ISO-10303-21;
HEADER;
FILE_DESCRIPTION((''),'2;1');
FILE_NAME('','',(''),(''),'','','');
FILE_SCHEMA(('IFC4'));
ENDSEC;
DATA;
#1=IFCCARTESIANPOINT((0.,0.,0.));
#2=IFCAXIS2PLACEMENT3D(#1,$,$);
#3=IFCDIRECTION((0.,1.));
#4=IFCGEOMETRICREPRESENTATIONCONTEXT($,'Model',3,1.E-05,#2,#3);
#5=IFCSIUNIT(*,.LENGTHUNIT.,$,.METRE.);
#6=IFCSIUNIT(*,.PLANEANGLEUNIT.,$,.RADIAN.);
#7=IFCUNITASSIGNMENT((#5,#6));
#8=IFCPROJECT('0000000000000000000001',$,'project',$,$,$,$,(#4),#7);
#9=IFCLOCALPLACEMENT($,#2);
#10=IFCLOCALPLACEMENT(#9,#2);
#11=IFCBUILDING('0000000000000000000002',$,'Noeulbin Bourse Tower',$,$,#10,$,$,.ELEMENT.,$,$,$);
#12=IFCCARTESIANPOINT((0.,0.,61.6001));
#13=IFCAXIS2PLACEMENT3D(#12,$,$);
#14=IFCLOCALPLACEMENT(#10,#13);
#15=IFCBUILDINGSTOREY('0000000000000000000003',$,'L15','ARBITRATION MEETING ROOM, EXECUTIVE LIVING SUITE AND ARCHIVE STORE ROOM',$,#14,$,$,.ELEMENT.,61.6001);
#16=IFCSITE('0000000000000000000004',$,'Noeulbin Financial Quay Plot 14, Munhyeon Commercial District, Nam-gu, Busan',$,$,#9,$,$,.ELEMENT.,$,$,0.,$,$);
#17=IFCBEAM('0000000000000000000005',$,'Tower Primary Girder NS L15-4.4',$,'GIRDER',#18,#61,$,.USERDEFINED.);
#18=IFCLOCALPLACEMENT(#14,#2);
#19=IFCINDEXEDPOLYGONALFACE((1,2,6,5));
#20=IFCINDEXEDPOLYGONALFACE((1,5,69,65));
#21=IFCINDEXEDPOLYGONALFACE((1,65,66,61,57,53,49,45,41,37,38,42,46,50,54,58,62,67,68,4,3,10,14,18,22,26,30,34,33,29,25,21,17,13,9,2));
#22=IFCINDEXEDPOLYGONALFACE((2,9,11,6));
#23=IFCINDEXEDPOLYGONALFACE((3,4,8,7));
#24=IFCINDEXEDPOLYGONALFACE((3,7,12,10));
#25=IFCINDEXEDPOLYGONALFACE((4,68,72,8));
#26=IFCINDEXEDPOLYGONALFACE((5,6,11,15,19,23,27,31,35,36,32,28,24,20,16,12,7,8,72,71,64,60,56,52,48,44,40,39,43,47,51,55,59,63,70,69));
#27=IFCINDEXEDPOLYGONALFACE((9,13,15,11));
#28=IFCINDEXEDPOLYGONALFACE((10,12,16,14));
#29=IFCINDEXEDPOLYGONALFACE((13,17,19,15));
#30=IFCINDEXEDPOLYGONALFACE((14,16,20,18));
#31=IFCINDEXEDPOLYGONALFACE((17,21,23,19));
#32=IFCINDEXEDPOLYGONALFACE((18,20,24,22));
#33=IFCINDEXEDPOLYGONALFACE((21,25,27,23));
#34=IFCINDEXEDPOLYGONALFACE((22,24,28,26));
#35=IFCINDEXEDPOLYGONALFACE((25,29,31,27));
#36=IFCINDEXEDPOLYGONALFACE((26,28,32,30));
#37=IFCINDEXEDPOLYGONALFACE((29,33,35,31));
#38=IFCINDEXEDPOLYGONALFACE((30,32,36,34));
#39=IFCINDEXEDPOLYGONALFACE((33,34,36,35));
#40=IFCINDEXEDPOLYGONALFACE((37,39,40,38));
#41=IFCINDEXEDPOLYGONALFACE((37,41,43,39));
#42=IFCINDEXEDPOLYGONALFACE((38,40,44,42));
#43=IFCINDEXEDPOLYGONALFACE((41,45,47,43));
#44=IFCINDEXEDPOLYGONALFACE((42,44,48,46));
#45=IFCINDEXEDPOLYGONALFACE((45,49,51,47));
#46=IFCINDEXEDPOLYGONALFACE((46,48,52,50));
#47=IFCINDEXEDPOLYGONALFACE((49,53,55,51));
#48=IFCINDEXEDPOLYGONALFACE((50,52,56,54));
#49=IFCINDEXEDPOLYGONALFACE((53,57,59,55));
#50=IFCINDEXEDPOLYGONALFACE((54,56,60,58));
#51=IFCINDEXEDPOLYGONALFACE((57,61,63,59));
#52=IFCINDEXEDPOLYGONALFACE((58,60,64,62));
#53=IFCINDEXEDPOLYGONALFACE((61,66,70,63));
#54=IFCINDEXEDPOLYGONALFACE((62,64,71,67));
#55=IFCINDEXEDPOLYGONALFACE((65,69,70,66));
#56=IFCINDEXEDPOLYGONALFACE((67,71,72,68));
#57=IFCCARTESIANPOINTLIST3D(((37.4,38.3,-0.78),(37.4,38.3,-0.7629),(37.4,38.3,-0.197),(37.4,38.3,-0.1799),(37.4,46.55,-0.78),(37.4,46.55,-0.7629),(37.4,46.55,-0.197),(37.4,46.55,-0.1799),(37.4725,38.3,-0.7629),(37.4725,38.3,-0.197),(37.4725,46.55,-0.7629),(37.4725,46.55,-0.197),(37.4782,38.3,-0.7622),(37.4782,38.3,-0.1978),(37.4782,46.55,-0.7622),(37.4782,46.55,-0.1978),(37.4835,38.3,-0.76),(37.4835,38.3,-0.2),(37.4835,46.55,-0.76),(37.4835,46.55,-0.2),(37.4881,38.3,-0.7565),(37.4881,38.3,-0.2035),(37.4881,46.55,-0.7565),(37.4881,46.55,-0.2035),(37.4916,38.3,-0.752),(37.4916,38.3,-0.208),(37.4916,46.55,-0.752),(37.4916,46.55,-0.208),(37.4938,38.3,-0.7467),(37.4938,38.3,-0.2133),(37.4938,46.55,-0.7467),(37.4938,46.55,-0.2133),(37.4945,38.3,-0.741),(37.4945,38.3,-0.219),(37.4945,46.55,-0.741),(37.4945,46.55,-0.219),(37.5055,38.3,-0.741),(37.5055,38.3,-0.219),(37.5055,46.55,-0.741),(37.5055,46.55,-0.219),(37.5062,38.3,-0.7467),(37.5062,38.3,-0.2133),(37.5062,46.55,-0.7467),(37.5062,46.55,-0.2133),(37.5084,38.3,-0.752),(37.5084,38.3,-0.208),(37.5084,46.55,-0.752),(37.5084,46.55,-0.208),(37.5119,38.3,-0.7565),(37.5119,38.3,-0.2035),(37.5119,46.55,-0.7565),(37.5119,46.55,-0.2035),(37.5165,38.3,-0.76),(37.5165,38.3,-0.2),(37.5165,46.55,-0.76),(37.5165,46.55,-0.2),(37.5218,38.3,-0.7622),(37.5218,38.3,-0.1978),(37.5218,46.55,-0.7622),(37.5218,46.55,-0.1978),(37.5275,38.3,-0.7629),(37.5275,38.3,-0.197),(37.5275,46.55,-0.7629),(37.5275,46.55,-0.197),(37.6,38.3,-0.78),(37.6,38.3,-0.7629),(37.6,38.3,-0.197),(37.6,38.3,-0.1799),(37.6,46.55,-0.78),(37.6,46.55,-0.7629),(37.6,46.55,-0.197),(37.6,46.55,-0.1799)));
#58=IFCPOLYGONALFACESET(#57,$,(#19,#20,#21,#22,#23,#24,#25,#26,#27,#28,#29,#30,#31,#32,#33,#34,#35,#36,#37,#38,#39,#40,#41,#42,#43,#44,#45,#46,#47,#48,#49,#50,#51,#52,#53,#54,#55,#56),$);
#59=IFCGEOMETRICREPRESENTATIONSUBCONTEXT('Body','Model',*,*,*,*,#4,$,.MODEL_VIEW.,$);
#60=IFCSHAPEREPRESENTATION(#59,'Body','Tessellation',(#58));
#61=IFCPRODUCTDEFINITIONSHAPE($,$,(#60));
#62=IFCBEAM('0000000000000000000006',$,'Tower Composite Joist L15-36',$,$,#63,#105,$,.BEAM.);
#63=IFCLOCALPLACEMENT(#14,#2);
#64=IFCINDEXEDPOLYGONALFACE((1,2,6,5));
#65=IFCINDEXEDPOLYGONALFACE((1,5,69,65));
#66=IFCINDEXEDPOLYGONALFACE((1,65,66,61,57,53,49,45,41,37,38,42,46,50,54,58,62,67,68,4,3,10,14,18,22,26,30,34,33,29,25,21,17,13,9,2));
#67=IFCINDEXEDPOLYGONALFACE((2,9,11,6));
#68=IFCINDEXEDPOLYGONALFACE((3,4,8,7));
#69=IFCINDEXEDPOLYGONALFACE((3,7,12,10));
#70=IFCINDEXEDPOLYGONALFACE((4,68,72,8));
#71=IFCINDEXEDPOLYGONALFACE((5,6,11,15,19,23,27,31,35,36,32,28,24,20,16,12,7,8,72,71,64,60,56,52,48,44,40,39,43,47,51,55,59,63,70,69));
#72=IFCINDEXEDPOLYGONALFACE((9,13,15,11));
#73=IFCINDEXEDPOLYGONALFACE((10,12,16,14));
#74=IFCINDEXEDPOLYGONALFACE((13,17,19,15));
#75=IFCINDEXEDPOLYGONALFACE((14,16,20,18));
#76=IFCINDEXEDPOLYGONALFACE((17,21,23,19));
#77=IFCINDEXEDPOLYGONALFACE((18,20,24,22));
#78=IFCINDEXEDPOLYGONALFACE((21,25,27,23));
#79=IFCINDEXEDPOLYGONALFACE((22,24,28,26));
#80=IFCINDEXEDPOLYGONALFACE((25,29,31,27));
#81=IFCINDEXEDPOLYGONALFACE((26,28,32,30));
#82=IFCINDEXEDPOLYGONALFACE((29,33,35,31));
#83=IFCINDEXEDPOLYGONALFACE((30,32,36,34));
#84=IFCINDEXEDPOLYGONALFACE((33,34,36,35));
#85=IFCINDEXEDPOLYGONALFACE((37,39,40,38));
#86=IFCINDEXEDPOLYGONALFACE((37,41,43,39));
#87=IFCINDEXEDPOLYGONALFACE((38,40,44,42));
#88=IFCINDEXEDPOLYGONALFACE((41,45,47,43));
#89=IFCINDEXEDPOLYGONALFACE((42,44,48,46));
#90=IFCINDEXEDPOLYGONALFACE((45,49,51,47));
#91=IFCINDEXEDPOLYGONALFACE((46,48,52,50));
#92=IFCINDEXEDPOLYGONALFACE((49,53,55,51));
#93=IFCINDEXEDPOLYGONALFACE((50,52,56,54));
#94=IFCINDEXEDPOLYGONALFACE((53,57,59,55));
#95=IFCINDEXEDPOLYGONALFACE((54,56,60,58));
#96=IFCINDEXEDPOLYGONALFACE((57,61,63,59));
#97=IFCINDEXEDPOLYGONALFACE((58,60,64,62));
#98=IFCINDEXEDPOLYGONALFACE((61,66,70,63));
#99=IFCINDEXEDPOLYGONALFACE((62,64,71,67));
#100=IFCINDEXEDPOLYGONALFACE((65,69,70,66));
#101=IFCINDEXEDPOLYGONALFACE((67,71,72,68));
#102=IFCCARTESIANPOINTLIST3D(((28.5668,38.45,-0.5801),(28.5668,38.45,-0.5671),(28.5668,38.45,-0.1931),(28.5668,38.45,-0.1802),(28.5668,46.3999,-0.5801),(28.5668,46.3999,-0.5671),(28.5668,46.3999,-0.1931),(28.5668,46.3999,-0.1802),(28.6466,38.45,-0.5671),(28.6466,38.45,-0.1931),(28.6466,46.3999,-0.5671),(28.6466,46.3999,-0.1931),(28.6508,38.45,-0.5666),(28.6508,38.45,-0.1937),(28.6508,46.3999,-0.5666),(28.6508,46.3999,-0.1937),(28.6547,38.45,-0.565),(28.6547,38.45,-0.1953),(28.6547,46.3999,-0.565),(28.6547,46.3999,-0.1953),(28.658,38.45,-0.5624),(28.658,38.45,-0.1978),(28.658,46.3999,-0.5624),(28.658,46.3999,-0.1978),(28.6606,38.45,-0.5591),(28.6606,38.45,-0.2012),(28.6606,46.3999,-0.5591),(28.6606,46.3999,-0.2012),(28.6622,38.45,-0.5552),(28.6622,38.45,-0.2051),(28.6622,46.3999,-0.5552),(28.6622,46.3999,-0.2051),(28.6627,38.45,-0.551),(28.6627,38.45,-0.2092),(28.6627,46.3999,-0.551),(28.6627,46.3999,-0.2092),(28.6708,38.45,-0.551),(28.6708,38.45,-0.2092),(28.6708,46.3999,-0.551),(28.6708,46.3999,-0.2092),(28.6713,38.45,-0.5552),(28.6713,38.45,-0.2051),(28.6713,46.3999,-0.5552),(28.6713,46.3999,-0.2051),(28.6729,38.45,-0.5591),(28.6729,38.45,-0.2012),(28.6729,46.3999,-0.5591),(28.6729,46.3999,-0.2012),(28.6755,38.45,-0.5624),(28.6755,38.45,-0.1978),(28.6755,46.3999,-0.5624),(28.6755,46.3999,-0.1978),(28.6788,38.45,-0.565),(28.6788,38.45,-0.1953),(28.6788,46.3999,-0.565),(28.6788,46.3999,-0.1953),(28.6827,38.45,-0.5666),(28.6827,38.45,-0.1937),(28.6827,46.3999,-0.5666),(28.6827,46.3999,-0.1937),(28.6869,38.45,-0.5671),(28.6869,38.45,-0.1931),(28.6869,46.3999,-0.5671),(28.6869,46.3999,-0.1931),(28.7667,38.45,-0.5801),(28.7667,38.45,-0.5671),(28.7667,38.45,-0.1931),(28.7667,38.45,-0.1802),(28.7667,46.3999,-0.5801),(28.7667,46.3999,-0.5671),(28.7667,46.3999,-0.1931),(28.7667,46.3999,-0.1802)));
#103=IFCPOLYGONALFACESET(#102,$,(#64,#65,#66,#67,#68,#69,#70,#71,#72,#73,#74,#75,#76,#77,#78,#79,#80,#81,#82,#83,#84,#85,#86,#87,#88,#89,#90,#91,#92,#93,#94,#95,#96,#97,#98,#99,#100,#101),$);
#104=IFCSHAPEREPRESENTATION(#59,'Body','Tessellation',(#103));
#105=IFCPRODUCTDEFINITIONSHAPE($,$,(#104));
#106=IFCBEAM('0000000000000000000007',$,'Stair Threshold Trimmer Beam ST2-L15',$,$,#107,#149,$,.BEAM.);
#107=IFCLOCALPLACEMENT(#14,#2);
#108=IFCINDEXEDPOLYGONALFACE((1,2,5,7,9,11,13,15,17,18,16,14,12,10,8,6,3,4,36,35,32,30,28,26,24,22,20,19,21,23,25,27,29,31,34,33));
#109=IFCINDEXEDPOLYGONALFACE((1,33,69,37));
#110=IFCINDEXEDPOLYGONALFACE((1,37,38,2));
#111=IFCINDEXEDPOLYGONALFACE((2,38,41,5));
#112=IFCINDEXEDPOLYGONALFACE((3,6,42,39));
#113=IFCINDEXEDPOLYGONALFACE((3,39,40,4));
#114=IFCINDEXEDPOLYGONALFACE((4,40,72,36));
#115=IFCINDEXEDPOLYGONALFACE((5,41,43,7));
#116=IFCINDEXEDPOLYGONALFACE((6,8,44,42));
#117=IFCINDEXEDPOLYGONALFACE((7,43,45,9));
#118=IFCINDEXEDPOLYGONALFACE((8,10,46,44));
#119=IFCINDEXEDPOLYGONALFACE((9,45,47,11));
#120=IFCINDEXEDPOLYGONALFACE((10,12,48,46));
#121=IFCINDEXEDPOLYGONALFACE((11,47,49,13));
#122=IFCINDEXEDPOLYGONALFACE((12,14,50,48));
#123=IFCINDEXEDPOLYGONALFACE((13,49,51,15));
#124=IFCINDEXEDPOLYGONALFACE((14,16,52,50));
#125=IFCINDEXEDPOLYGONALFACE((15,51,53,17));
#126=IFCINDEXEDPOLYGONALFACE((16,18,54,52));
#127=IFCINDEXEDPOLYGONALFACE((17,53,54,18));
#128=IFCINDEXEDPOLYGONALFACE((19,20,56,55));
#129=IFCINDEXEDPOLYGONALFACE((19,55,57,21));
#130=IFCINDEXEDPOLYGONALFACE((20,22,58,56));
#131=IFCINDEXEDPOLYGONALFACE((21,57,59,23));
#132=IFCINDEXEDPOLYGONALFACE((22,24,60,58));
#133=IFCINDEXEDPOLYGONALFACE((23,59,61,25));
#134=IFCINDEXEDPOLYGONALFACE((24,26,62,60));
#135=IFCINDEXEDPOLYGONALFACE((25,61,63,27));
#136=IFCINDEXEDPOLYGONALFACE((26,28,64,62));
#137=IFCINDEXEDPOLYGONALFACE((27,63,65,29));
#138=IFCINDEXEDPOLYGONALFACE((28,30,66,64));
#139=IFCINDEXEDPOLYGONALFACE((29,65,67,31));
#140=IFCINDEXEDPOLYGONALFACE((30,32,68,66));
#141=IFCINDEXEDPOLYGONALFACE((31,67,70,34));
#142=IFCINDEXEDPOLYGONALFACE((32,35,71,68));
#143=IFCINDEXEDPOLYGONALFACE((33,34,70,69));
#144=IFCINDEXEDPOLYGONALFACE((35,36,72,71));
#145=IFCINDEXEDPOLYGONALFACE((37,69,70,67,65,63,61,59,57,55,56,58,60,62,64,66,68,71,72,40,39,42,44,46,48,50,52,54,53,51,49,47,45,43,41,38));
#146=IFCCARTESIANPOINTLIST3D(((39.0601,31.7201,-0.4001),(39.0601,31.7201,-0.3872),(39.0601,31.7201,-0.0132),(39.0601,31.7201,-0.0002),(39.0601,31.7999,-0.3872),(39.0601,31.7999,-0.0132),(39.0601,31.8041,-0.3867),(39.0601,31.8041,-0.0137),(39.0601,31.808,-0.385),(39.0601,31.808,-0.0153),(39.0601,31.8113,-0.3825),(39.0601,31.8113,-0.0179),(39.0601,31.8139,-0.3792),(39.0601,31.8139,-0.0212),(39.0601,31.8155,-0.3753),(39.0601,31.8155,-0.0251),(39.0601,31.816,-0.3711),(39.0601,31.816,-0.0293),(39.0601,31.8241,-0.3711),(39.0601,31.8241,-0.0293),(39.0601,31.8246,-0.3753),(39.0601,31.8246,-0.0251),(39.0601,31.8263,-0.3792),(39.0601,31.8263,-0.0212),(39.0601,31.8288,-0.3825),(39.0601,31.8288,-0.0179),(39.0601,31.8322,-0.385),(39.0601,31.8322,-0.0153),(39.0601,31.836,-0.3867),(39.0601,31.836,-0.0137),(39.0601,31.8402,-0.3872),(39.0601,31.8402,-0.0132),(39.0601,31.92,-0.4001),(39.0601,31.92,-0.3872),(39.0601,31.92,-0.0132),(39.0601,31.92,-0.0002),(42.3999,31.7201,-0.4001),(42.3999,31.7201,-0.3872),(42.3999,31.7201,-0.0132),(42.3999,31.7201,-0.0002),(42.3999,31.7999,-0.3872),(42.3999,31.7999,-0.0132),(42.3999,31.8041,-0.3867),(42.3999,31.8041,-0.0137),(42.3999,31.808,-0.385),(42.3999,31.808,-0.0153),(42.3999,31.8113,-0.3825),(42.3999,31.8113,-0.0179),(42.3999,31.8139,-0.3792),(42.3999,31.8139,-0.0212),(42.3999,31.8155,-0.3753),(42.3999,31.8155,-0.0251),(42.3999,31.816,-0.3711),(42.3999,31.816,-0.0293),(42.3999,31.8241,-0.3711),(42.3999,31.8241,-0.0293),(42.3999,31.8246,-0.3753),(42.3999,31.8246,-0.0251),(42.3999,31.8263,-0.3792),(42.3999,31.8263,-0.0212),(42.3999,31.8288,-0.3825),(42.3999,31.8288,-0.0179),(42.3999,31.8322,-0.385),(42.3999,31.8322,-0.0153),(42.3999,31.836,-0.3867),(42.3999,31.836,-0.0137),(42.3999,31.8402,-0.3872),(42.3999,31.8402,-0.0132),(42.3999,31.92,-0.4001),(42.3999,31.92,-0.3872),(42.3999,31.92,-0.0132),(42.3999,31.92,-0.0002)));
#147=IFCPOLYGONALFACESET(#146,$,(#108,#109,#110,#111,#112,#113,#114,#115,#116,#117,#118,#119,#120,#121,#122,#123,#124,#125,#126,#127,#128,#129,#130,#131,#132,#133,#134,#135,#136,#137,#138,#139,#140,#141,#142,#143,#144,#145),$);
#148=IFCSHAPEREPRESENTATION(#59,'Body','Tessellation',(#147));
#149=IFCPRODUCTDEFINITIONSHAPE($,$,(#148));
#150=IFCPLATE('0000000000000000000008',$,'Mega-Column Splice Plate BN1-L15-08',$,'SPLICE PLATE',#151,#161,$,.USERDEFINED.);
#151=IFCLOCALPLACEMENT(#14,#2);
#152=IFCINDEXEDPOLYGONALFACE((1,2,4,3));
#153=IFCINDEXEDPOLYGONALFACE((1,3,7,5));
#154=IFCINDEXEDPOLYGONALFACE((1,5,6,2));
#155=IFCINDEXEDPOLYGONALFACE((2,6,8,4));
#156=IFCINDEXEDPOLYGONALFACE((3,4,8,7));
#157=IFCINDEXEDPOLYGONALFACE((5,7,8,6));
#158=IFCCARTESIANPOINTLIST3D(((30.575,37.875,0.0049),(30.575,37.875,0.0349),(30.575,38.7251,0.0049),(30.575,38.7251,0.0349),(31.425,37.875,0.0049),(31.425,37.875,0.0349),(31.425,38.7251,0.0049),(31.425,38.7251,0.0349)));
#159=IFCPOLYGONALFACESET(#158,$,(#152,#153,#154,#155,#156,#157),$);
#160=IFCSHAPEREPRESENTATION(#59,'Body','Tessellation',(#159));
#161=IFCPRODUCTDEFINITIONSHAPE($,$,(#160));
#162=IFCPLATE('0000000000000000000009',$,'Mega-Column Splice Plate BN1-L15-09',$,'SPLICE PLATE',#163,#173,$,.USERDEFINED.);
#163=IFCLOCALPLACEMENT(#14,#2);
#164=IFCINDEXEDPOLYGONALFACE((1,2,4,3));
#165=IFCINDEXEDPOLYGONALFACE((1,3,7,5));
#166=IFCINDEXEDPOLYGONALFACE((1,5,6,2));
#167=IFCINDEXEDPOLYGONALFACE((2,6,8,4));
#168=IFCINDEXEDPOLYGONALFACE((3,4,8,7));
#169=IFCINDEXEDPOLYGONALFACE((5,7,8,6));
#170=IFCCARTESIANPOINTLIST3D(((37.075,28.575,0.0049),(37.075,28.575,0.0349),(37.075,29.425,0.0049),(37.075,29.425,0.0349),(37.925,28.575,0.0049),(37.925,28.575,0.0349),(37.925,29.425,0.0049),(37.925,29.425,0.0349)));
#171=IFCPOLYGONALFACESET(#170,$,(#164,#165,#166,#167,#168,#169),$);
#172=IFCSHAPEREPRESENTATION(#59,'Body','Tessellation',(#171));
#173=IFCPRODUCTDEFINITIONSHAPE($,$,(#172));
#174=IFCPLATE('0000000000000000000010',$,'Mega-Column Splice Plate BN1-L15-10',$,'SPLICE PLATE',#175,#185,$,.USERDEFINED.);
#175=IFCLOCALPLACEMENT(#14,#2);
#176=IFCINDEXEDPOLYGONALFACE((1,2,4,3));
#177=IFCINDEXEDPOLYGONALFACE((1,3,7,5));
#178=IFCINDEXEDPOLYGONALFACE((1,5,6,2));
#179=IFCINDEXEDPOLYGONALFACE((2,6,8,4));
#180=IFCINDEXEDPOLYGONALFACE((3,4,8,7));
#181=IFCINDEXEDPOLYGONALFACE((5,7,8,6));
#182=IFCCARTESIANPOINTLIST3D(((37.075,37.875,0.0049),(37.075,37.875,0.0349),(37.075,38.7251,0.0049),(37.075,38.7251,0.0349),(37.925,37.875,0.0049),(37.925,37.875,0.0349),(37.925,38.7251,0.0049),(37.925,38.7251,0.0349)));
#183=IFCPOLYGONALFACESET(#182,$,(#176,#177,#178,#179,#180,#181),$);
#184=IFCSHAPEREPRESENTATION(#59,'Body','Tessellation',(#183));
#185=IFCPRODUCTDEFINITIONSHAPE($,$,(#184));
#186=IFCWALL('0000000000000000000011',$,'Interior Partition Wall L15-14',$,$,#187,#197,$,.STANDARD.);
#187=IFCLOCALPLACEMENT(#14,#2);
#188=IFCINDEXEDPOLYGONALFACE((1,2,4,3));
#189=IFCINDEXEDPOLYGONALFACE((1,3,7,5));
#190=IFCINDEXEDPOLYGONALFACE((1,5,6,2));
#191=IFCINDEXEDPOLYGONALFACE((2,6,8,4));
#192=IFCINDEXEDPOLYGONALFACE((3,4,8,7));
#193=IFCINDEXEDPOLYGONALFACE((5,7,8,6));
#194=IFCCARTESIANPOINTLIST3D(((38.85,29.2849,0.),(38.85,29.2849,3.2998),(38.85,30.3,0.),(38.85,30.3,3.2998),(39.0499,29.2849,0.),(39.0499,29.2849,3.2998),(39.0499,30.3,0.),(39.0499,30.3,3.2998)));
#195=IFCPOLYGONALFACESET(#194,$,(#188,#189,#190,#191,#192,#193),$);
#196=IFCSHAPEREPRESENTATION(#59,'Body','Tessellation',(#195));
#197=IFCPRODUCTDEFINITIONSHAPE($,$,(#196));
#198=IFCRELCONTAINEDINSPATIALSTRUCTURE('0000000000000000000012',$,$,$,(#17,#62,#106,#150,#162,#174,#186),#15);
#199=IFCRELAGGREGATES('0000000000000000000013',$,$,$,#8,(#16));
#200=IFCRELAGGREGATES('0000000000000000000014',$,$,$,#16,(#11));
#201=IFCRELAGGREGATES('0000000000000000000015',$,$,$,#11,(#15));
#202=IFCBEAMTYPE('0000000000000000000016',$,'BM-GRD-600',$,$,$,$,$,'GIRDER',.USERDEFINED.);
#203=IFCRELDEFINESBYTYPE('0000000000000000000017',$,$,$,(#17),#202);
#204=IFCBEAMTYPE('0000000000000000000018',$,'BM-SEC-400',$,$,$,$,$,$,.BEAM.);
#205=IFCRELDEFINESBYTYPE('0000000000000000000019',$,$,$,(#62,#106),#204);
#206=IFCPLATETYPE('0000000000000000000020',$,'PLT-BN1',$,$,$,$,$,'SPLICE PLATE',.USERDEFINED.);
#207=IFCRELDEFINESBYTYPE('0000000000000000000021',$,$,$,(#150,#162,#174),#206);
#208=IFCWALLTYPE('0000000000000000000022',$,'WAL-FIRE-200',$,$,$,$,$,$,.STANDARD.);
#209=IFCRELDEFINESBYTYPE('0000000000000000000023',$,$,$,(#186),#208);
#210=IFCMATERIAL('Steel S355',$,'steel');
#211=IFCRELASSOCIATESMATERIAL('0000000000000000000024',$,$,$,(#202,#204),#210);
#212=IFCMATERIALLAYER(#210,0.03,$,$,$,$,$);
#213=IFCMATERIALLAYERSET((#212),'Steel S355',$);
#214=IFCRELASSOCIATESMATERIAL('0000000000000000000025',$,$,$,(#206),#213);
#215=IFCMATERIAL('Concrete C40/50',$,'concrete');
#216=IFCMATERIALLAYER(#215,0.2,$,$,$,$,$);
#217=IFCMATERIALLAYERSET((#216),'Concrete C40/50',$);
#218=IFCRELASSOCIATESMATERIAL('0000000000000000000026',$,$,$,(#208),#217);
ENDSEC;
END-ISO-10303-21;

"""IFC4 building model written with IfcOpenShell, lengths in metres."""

from ifc_helpers import new_model, si_unit, direction, frame, frame_2d, origin, origin_2d, place, context, subcontext, project, spatial, rectangle, i_section, extrude, material, layer, layer_set, material_profile, profile_set, type_object, element, save


model = new_model("IFC4")

# Units and contexts
model_context = context("Model", 3, precision=1e-05, world=origin(), true_north=direction((0.0, 1.0)))
body_context = subcontext(model_context, "Body", "Model", "MODEL_VIEW")
ifc_project = project(units=[si_unit("LENGTHUNIT", "METRE"), si_unit("PLANEANGLEUNIT", "RADIAN")], contexts=[model_context])

# Site, building, storey
site_placement = place(None, origin())
site = spatial("IfcSite", under=ifc_project, at=site_placement, Name="Noeulbin Financial Quay Plot 14, Munhyeon Commercial District, Nam-gu, Busan", CompositionType="ELEMENT", RefElevation=0.0)
building_placement = place(site_placement, origin())
building = spatial("IfcBuilding", under=site, at=building_placement, Name="Noeulbin Bourse Tower", CompositionType="ELEMENT")
storey_placement = place(building_placement, frame((0.0, 0.0, 61.6001)))
storey = spatial("IfcBuildingStorey", under=building, at=storey_placement, Name="L15", Description="ARBITRATION MEETING ROOM, EXECUTIVE LIVING SUITE AND ARCHIVE STORE ROOM", CompositionType="ELEMENT", Elevation=61.6001)

# Beams
ifc_material_1 = material(Name="Steel S355", Category="steel")
ifc_material_profile_1 = material_profile(ifc_material_1, i_section(OverallWidth=0.2, OverallDepth=0.6001, WebThickness=0.011, FlangeThickness=0.0171, FilletRadius=0.022, at=origin_2d()), Name="H-600x200x11x17", Category="LoadBearing")
ifc_profile_set_1 = profile_set([ifc_material_profile_1], Name="Steel S355")
beam_type_1 = type_object("IfcBeamType", Name="BM-GRD-600", ElementType="GIRDER", PredefinedType="USERDEFINED", material=ifc_profile_set_1)
for number, where, z_axis, x_axis, name in (
    (1, (37.5, 38.3, -0.48), (0.0, 1.0, 0.0), (-1.0, 0.0, 0.0), "Tower Primary Girder NS L15-4.4"),
):
    element("IfcBeam", number, at=place(storey_placement, frame(where, z_axis=z_axis, x_axis=x_axis)), inside=storey, type_object=beam_type_1, Name=name, ObjectType="GIRDER", PredefinedType="USERDEFINED", context=body_context, shape_type="SweptSolid", body=[
        extrude(i_section(OverallWidth=0.2, OverallDepth=0.6001, WebThickness=0.011, FlangeThickness=0.0171, FilletRadius=0.022, at=origin_2d()), origin(), (0.0, 0.0, 1.0), 8.25),
    ])
ifc_material_profile_2 = material_profile(ifc_material_1, i_section(OverallWidth=0.2, OverallDepth=0.3999, WebThickness=0.0081, FlangeThickness=0.0129, FilletRadius=0.0161, at=origin_2d()), Name="H-400x200x8x13", Category="LoadBearing")
ifc_profile_set_2 = profile_set([ifc_material_profile_2], Name="Steel S355")
beam_type_2 = type_object("IfcBeamType", Name="BM-SEC-400", PredefinedType="BEAM", material=ifc_profile_set_2)
beam_1_placement = place(storey_placement, frame((28.6667, 38.45, -0.3801), z_axis=(0.0, 1.0, 0.0), x_axis=(-1.0, 0.0, 0.0)))
element("IfcBeam", 2, at=beam_1_placement, inside=storey, type_object=beam_type_2, Name="Tower Composite Joist L15-36", PredefinedType="BEAM", context=body_context, shape_type="SweptSolid", body=[
    extrude(i_section(OverallWidth=0.2, OverallDepth=0.3999, WebThickness=0.0081, FlangeThickness=0.0129, FilletRadius=0.0161, at=origin_2d()), origin(), (0.0, 0.0, 1.0), 7.95),
])
beam_2_placement = place(storey_placement, frame((39.0601, 31.8201, -0.2002), z_axis=(1.0, 0.0, 0.0), x_axis=(0.0, 1.0, 0.0)))
element("IfcBeam", 3, at=beam_2_placement, inside=storey, type_object=beam_type_2, Name="Stair Threshold Trimmer Beam ST2-L15", PredefinedType="BEAM", context=body_context, shape_type="SweptSolid", body=[
    extrude(i_section(OverallWidth=0.2, OverallDepth=0.3999, WebThickness=0.0081, FlangeThickness=0.0129, FilletRadius=0.0161, at=origin_2d()), origin(), (0.0, 0.0, 1.0), 3.3398),
])

# Plates
ifc_layer_1 = layer(ifc_material_1, 0.03)
ifc_layer_set_1 = layer_set([ifc_layer_1], Name="Steel S355")
plate_type = type_object("IfcPlateType", Name="PLT-BN1", ElementType="SPLICE PLATE", PredefinedType="USERDEFINED", material=ifc_layer_set_1)
for number, where, z_axis, x_axis, name in (
    (4, (31.0, 38.3, 0.0049), (0.0, 0.0, 1.0), (1.0, 0.0, 0.0), "Mega-Column Splice Plate BN1-L15-08"),
    (5, (37.5, 29.0, 0.0049), (0.0, 0.0, 1.0), (1.0, 0.0, 0.0), "Mega-Column Splice Plate BN1-L15-09"),
    (6, (37.5, 38.3, 0.0049), (0.0, 0.0, 1.0), (1.0, 0.0, 0.0), "Mega-Column Splice Plate BN1-L15-10"),
):
    element("IfcPlate", number, at=place(storey_placement, frame(where, z_axis=z_axis, x_axis=x_axis)), inside=storey, type_object=plate_type, Name=name, ObjectType="SPLICE PLATE", PredefinedType="USERDEFINED", context=body_context, shape_type="SweptSolid", body=[
        extrude(rectangle(XDim=0.8501, YDim=0.8501, at=origin_2d()), origin(), (0.0, 0.0, 1.0), 0.03),
    ])

# Wall
ifc_material_2 = material(Name="Concrete C40/50", Category="concrete")
ifc_layer_2 = layer(ifc_material_2, 0.2)
ifc_layer_set_2 = layer_set([ifc_layer_2], Name="Concrete C40/50")
wall_type_1 = type_object("IfcWallType", Name="WAL-FIRE-200", PredefinedType="STANDARD", material=ifc_layer_set_2)
wall_1_placement = place(storey_placement, frame((38.95, 29.2849, 0.0), z_axis=(0.0, 0.0, 1.0), x_axis=(0.0, 1.0, 0.0)))
element("IfcWall", 7, at=wall_1_placement, inside=storey, type_object=wall_type_1, Name="Interior Partition Wall L15-14", PredefinedType="STANDARD", context=body_context, shape_type="SweptSolid", body=[
    extrude(rectangle(XDim=1.0151, YDim=0.2, at=frame_2d((0.5076, 0.0))), origin(), (0.0, 0.0, 1.0), 3.2998),
])

save(model, "model.ifc")
